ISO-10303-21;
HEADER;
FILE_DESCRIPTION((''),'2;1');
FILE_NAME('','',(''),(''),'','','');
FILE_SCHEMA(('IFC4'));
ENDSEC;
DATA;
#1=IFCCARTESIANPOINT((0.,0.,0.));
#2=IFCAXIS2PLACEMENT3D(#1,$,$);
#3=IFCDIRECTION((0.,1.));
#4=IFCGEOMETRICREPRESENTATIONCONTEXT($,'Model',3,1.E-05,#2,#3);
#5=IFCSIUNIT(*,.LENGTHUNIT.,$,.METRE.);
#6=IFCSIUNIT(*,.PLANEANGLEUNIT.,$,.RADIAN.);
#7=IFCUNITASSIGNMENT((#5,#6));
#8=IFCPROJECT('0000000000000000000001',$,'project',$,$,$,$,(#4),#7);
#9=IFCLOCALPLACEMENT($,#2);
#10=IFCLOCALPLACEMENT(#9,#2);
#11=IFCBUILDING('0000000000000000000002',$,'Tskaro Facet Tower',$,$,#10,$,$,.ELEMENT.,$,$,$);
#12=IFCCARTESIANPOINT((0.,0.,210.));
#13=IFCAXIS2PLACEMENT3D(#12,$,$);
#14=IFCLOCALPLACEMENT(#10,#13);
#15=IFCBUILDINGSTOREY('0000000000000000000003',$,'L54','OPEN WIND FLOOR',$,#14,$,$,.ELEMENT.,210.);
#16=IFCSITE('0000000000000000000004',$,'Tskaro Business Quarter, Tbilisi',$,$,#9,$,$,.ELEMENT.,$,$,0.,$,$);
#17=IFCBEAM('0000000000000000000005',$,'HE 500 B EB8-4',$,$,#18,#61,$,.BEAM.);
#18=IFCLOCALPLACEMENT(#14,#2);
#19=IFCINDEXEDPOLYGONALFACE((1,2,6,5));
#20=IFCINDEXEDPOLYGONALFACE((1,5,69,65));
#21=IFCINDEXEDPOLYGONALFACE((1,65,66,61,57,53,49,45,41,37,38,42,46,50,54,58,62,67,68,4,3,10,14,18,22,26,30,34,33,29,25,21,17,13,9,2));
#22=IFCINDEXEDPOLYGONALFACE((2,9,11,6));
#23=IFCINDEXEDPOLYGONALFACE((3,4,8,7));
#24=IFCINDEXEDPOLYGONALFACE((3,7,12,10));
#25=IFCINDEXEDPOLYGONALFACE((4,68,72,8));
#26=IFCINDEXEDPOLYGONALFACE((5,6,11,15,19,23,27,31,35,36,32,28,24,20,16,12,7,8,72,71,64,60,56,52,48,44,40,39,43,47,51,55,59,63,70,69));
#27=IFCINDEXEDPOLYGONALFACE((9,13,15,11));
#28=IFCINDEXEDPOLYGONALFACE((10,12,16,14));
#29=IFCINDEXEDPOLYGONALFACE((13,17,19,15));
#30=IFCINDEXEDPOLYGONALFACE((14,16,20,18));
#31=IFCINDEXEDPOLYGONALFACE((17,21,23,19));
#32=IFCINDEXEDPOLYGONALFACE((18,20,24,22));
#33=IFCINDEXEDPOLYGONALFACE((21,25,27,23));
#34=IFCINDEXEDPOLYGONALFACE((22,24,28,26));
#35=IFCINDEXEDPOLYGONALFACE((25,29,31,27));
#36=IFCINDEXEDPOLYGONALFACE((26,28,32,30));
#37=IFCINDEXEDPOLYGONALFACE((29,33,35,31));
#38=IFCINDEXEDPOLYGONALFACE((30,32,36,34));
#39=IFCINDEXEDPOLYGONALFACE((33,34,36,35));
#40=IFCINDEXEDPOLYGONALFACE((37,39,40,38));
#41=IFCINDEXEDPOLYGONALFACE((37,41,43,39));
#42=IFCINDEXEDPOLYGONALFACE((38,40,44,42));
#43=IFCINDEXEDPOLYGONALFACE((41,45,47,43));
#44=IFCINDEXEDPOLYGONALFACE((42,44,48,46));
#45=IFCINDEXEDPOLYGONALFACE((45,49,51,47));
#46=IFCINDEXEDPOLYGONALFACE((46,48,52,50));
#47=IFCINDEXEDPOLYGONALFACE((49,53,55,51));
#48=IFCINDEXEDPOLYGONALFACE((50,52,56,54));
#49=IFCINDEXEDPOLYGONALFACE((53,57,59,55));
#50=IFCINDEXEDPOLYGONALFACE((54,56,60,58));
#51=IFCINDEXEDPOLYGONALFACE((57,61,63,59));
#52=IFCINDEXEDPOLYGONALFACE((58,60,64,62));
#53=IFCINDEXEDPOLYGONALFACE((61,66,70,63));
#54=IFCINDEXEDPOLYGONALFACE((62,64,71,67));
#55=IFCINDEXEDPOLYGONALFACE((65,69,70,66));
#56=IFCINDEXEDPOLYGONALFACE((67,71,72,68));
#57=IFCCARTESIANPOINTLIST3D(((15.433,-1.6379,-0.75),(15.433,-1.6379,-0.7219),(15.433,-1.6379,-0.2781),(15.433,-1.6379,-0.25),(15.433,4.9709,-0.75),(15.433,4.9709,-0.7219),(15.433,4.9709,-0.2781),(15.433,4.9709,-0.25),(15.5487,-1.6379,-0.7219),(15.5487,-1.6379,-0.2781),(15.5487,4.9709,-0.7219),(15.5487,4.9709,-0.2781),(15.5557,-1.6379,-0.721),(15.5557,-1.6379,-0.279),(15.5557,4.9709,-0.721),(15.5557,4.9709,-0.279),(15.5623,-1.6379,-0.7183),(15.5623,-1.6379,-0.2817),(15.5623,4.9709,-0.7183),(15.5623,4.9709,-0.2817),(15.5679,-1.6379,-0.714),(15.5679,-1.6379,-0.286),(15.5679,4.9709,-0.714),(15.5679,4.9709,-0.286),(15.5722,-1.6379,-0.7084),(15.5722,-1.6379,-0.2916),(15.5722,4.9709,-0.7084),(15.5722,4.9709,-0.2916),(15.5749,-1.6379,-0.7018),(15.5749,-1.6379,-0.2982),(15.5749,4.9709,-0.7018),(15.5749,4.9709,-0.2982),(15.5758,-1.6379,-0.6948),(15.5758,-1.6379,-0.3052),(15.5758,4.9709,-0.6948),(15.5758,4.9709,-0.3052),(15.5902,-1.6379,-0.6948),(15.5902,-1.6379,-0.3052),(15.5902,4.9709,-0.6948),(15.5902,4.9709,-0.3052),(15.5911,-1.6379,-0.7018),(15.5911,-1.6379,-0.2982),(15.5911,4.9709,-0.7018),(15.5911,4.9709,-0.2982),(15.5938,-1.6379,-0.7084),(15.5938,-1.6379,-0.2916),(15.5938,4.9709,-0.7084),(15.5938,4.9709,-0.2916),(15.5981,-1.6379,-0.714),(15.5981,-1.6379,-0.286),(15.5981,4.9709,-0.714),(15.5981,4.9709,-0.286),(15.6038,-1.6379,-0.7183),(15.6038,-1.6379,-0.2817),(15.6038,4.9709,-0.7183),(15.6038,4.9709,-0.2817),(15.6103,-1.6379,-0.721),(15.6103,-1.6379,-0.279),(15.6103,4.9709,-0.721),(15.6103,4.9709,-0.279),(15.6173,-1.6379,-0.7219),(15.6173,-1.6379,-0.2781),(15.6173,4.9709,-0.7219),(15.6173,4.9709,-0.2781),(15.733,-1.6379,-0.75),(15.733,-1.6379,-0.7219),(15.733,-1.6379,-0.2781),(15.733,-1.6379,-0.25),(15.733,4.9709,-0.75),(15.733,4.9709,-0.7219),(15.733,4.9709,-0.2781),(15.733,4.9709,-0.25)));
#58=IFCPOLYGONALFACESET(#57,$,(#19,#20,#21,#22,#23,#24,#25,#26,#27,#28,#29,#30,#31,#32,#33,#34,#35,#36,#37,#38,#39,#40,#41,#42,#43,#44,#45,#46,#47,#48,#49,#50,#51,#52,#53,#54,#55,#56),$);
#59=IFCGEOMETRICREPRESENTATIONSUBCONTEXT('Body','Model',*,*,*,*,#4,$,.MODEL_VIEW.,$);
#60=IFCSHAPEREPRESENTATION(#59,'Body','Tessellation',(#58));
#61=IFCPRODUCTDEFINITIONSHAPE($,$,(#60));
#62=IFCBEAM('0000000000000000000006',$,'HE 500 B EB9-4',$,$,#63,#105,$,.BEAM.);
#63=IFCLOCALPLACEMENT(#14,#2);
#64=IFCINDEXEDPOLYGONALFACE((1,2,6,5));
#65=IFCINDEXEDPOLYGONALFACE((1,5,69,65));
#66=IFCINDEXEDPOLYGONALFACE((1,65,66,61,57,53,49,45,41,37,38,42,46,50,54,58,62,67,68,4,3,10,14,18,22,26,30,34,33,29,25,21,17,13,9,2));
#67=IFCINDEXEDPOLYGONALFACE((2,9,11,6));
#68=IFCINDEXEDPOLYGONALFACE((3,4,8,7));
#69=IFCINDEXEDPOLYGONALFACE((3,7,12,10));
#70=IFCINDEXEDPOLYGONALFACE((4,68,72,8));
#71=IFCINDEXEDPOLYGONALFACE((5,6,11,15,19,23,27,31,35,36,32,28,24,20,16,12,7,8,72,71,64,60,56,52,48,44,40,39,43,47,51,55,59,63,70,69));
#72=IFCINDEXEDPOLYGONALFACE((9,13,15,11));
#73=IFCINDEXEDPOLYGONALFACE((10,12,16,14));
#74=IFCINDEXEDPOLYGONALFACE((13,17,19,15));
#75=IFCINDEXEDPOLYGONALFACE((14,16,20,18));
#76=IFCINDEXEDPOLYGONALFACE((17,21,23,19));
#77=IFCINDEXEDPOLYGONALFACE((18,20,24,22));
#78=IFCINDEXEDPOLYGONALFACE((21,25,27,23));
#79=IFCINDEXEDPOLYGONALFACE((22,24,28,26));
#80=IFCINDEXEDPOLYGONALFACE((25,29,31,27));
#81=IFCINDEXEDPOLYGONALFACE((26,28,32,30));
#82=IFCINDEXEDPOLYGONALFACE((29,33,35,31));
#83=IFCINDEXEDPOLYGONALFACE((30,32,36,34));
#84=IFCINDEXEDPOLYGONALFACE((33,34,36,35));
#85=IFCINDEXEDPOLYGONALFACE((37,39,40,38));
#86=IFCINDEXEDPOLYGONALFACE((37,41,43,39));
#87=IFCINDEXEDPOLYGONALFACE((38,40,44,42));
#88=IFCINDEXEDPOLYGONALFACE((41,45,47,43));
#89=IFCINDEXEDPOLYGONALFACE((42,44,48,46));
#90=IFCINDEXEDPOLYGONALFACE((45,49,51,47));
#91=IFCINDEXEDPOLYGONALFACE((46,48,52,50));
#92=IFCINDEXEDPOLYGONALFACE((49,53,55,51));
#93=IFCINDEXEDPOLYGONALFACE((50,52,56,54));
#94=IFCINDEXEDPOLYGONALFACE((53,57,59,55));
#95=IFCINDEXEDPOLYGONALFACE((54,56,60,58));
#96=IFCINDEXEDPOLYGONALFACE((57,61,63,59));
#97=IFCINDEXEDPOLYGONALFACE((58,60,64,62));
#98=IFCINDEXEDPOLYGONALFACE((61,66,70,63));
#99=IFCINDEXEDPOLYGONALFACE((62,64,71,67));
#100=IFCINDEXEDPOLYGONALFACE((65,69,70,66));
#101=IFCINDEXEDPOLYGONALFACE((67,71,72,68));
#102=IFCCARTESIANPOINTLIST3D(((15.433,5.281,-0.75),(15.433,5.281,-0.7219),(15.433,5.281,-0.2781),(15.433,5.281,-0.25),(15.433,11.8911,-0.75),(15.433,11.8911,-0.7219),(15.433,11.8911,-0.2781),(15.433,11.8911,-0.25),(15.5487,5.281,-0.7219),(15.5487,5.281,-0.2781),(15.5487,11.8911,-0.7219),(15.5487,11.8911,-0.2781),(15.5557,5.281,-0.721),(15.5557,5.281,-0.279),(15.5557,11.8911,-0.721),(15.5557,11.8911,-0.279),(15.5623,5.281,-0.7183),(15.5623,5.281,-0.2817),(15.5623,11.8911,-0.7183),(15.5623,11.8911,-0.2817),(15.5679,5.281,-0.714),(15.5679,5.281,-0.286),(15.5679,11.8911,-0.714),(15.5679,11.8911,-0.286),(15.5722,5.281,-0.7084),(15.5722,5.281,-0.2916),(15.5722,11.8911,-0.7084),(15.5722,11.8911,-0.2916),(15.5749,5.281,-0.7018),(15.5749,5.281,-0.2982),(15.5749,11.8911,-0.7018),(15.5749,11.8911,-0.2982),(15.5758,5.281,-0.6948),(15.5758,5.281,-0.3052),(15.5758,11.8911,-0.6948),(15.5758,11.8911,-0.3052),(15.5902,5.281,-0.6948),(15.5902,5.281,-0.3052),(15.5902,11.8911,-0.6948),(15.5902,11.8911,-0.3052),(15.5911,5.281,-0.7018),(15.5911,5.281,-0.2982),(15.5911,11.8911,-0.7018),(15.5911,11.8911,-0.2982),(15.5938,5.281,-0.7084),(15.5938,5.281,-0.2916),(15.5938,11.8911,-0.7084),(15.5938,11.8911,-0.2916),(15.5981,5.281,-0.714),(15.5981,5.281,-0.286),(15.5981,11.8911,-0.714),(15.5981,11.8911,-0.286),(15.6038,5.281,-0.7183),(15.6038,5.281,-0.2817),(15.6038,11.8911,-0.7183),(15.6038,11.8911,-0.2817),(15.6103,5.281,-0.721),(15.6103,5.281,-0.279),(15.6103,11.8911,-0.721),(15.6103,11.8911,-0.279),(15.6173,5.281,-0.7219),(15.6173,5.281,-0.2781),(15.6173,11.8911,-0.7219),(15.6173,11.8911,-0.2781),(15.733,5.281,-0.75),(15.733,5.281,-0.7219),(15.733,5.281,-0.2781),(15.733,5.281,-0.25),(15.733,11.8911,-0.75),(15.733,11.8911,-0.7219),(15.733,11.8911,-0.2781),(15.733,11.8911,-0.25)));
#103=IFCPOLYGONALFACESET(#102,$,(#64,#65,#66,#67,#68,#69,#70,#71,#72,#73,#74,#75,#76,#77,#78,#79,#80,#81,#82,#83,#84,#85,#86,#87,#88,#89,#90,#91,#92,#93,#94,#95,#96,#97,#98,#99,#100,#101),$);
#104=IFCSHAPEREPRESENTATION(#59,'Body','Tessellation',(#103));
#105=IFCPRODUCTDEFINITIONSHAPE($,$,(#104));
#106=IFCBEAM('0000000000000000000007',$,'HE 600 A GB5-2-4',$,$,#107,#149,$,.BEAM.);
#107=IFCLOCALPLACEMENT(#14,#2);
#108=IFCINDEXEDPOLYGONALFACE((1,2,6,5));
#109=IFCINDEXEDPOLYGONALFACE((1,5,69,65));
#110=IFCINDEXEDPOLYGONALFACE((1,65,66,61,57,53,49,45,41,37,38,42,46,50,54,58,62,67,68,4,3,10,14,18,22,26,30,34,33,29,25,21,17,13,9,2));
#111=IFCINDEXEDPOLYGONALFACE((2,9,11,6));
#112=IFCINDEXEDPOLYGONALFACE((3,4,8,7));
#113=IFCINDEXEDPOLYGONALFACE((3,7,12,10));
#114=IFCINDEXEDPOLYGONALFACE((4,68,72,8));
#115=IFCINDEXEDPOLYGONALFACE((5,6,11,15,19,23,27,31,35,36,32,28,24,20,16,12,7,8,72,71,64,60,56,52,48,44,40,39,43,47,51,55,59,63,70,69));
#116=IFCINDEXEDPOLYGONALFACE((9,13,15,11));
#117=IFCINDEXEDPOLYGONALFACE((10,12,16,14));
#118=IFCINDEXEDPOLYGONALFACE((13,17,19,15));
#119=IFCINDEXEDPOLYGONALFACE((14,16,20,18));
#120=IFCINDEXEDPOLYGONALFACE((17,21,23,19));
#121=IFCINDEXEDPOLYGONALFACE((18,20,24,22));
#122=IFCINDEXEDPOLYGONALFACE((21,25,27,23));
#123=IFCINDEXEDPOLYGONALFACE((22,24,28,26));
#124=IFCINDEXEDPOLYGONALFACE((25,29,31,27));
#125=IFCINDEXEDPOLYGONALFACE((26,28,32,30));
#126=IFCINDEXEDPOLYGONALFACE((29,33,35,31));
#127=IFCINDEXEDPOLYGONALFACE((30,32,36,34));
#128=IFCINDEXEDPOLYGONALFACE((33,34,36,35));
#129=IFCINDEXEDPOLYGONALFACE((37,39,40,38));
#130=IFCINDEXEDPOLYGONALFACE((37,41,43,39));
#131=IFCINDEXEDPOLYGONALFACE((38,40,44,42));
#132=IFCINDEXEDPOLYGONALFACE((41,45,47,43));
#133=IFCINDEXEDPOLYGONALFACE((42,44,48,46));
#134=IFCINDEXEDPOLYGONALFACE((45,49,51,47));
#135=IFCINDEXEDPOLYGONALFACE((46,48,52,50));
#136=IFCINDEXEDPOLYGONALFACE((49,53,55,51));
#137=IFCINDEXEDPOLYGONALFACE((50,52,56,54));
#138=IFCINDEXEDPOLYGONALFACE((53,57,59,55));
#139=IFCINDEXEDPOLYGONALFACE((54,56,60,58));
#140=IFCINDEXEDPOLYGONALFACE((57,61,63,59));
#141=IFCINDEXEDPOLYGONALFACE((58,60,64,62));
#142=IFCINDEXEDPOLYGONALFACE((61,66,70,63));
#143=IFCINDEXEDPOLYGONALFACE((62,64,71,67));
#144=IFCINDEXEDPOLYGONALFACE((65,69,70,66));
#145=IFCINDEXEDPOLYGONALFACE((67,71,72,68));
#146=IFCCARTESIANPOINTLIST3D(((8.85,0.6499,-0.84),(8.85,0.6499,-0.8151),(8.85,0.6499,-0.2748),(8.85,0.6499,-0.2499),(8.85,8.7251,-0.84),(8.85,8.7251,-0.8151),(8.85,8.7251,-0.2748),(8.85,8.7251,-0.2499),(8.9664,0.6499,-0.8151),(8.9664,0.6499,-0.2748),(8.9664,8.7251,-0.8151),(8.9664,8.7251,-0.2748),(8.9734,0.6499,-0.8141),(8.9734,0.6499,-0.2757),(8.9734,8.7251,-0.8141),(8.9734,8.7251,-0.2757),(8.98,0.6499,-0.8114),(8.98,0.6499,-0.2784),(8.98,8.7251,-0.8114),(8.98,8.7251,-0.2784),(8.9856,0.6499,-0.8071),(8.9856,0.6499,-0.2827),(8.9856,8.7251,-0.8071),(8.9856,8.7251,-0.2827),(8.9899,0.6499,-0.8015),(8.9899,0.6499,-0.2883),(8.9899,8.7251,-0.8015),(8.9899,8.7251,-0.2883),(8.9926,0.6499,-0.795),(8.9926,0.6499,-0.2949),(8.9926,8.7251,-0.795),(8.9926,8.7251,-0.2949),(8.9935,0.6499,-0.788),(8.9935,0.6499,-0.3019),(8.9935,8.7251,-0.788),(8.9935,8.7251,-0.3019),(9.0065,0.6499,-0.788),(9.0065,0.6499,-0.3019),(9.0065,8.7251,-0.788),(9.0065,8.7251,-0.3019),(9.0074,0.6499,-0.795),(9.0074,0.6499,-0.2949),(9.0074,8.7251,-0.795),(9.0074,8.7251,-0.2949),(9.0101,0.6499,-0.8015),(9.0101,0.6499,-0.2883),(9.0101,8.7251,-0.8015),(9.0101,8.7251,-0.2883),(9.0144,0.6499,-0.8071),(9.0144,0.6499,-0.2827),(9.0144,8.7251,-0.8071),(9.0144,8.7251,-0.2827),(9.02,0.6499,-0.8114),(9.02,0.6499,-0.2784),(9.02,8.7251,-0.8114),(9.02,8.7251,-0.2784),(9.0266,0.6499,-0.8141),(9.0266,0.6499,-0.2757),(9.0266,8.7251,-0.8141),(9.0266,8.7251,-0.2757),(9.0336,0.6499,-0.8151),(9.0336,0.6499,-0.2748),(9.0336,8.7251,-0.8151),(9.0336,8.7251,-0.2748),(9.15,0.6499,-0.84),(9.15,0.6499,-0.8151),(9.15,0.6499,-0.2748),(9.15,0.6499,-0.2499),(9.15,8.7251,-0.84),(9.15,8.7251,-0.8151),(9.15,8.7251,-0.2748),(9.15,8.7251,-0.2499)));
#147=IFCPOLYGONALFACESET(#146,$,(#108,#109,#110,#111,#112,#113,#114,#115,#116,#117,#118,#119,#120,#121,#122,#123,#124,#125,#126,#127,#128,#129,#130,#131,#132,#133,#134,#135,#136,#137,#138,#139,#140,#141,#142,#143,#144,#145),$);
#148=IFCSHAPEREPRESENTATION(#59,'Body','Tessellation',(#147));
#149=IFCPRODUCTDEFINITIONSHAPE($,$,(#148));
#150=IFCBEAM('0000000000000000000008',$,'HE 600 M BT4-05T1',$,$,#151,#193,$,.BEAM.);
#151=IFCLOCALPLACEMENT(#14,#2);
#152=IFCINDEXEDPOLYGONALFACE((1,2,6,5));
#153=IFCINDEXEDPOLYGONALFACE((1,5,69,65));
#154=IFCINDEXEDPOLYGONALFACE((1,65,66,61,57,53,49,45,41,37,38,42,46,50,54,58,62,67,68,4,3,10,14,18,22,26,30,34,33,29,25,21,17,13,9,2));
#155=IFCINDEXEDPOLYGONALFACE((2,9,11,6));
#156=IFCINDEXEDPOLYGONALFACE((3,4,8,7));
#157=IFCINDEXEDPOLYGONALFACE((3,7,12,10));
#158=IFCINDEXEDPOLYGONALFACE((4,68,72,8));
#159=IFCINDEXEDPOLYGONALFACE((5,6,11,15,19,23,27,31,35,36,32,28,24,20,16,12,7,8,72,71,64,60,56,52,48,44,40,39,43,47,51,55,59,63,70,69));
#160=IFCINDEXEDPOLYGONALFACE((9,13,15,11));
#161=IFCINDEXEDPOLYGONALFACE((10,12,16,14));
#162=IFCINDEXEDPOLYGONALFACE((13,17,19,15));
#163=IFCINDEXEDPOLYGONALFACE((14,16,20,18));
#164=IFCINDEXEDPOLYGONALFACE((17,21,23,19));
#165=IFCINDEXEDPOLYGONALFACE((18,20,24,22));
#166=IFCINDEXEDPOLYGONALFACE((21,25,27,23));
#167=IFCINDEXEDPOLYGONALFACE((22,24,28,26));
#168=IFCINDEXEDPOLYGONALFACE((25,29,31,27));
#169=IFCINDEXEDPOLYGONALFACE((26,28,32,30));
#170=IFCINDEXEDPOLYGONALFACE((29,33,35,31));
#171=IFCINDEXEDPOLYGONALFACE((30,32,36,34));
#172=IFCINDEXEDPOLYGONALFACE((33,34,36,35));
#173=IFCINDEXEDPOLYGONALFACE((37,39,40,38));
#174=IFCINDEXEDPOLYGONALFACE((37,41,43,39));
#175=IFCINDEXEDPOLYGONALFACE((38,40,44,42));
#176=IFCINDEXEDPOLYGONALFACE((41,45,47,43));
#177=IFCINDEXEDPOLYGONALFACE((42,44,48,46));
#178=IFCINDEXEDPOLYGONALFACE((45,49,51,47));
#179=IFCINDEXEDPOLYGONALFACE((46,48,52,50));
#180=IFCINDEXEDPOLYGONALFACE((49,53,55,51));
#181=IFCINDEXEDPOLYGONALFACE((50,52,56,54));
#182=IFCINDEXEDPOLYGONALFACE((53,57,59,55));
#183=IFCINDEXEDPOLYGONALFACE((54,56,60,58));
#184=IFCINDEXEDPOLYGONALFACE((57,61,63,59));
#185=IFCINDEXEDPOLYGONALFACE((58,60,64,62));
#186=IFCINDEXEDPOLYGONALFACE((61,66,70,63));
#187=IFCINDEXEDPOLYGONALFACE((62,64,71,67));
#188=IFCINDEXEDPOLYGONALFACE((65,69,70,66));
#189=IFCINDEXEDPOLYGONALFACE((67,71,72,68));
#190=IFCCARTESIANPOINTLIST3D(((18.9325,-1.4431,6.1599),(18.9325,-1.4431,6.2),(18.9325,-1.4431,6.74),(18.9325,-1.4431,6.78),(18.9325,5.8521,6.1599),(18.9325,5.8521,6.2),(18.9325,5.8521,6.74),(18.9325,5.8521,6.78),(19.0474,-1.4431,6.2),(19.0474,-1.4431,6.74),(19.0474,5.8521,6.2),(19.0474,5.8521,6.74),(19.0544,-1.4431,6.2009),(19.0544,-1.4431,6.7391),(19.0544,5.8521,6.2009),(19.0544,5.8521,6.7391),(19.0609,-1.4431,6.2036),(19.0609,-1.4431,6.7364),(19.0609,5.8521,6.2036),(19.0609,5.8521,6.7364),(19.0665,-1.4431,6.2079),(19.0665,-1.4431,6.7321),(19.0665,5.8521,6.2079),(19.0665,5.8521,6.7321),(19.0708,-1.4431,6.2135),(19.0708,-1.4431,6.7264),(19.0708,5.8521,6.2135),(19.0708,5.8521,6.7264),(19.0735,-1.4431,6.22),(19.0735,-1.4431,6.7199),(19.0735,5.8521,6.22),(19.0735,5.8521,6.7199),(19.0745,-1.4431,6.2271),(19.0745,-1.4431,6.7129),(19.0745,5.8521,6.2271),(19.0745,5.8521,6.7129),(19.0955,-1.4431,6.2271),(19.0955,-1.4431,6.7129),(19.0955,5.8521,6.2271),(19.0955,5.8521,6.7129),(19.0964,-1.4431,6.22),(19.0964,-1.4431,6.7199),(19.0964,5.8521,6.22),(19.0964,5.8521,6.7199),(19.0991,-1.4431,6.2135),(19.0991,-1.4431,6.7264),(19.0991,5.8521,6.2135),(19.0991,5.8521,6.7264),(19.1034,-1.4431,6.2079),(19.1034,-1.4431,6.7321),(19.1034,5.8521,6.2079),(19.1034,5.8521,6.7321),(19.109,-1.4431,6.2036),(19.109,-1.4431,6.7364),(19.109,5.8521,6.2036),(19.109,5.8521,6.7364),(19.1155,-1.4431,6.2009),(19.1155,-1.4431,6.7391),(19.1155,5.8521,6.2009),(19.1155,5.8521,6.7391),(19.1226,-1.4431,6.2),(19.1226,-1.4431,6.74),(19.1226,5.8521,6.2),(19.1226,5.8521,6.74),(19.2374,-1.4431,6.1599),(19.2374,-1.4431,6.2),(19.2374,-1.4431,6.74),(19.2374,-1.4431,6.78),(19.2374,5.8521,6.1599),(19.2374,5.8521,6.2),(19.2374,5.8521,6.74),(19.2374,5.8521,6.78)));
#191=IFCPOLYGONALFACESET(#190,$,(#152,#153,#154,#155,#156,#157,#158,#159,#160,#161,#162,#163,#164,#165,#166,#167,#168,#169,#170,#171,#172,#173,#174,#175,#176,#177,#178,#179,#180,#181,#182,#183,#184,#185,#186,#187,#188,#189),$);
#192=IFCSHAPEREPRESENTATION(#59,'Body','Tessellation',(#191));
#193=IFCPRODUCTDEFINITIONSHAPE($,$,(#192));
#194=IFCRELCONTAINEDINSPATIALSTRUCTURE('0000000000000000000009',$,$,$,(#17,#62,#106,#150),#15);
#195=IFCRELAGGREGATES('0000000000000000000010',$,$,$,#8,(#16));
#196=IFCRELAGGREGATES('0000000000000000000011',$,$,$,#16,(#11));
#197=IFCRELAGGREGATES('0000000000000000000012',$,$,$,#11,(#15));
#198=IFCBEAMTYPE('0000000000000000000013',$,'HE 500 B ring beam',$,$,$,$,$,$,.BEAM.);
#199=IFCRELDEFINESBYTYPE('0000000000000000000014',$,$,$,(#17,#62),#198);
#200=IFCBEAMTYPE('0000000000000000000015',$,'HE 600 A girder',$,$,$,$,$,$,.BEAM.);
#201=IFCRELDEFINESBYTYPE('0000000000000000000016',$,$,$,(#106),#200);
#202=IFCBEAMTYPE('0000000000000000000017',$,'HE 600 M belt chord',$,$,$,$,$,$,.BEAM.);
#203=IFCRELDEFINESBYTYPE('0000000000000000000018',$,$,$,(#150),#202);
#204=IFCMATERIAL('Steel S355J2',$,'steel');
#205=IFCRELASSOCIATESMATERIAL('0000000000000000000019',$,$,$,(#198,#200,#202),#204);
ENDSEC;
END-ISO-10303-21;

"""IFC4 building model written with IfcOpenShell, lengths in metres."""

from ifc_helpers import new_model, si_unit, direction, frame, origin, origin_2d, place, context, subcontext, project, spatial, i_section, extrude, material, material_profile, profile_set, type_object, element, save


model = new_model("IFC4")

# Units and contexts
model_context = context("Model", 3, precision=1e-05, world=origin(), true_north=direction((0.0, 1.0)))
body_context = subcontext(model_context, "Body", "Model", "MODEL_VIEW")
ifc_project = project(units=[si_unit("LENGTHUNIT", "METRE"), si_unit("PLANEANGLEUNIT", "RADIAN")], contexts=[model_context])

# Site, building, storey
site_placement = place(None, origin())
site = spatial("IfcSite", under=ifc_project, at=site_placement, Name="Tskaro Business Quarter, Tbilisi", CompositionType="ELEMENT", RefElevation=0.0)
building_placement = place(site_placement, origin())
building = spatial("IfcBuilding", under=site, at=building_placement, Name="Tskaro Facet Tower", CompositionType="ELEMENT")
storey_placement = place(building_placement, frame((0.0, 0.0, 210.0)))
storey = spatial("IfcBuildingStorey", under=building, at=storey_placement, Name="L54", Description="OPEN WIND FLOOR", CompositionType="ELEMENT", Elevation=210.0)

# Shared definitions
ifc_material_1 = material(Name="Steel S355J2", Category="steel")

# Beams
ifc_material_profile_1 = material_profile(ifc_material_1, i_section(OverallWidth=0.3, OverallDepth=0.5, WebThickness=0.0144, FlangeThickness=0.0281, FilletRadius=0.0271, at=origin_2d()), Name="HE 500 B")
ifc_profile_set_1 = profile_set([ifc_material_profile_1], Name="Steel S355J2")
beam_type_1 = type_object("IfcBeamType", Name="HE 500 B ring beam", PredefinedType="BEAM", material=ifc_profile_set_1)
beam_1_placement = place(storey_placement, frame((15.583, -1.6379, -0.5), z_axis=(0.0, 1.0, 0.0), x_axis=(-1.0, 0.0, 0.0)))
element("IfcBeam", 1, at=beam_1_placement, inside=storey, type_object=beam_type_1, Name="HE 500 B EB8-4", PredefinedType="BEAM", context=body_context, shape_type="SweptSolid", body=[
    extrude(i_section(OverallWidth=0.3, OverallDepth=0.5, WebThickness=0.0144, FlangeThickness=0.0281, FilletRadius=0.0271, at=origin_2d()), origin(), (0.0, 0.0, 1.0), 6.6089),
])
beam_2_placement = place(storey_placement, frame((15.583, 5.281, -0.5), z_axis=(0.0, 1.0, 0.0), x_axis=(-1.0, 0.0, 0.0)))
element("IfcBeam", 2, at=beam_2_placement, inside=storey, type_object=beam_type_1, Name="HE 500 B EB9-4", PredefinedType="BEAM", context=body_context, shape_type="SweptSolid", body=[
    extrude(i_section(OverallWidth=0.3, OverallDepth=0.5, WebThickness=0.0144, FlangeThickness=0.0281, FilletRadius=0.0271, at=origin_2d()), origin(), (0.0, 0.0, 1.0), 6.6101),
])
ifc_material_profile_2 = material_profile(ifc_material_1, i_section(OverallWidth=0.3, OverallDepth=0.5901, WebThickness=0.0129, FlangeThickness=0.0249, FilletRadius=0.0271, at=origin_2d()), Name="HE 600 A")
ifc_profile_set_2 = profile_set([ifc_material_profile_2], Name="Steel S355J2")
beam_type_2 = type_object("IfcBeamType", Name="HE 600 A girder", PredefinedType="BEAM", material=ifc_profile_set_2)
beam_3_placement = place(storey_placement, frame((9.0, 0.6499, -0.5449), z_axis=(0.0, 1.0, 0.0), x_axis=(-1.0, 0.0, 0.0)))
element("IfcBeam", 3, at=beam_3_placement, inside=storey, type_object=beam_type_2, Name="HE 600 A GB5-2-4", PredefinedType="BEAM", context=body_context, shape_type="SweptSolid", body=[
    extrude(i_section(OverallWidth=0.3, OverallDepth=0.5901, WebThickness=0.0129, FlangeThickness=0.0249, FilletRadius=0.0271, at=origin_2d()), origin(), (0.0, 0.0, 1.0), 8.0752),
])
ifc_material_profile_3 = material_profile(ifc_material_1, i_section(OverallWidth=0.3049, OverallDepth=0.6201, WebThickness=0.021, FlangeThickness=0.04, FilletRadius=0.0271, at=origin_2d()), Name="HE 600 M")
ifc_profile_set_3 = profile_set([ifc_material_profile_3], Name="Steel S355J2")
beam_type_3 = type_object("IfcBeamType", Name="HE 600 M belt chord", PredefinedType="BEAM", material=ifc_profile_set_3)
beam_4_placement = place(storey_placement, frame((19.085, -1.4431, 6.47), z_axis=(0.0, 1.0, 0.0), x_axis=(-1.0, 0.0, 0.0)))
element("IfcBeam", 4, at=beam_4_placement, inside=storey, type_object=beam_type_3, Name="HE 600 M BT4-05T1", PredefinedType="BEAM", context=body_context, shape_type="SweptSolid", body=[
    extrude(i_section(OverallWidth=0.3049, OverallDepth=0.6201, WebThickness=0.021, FlangeThickness=0.04, FilletRadius=0.0271, at=origin_2d()), origin(), (0.0, 0.0, 1.0), 7.2952),
])

save(model, "model.ifc")
